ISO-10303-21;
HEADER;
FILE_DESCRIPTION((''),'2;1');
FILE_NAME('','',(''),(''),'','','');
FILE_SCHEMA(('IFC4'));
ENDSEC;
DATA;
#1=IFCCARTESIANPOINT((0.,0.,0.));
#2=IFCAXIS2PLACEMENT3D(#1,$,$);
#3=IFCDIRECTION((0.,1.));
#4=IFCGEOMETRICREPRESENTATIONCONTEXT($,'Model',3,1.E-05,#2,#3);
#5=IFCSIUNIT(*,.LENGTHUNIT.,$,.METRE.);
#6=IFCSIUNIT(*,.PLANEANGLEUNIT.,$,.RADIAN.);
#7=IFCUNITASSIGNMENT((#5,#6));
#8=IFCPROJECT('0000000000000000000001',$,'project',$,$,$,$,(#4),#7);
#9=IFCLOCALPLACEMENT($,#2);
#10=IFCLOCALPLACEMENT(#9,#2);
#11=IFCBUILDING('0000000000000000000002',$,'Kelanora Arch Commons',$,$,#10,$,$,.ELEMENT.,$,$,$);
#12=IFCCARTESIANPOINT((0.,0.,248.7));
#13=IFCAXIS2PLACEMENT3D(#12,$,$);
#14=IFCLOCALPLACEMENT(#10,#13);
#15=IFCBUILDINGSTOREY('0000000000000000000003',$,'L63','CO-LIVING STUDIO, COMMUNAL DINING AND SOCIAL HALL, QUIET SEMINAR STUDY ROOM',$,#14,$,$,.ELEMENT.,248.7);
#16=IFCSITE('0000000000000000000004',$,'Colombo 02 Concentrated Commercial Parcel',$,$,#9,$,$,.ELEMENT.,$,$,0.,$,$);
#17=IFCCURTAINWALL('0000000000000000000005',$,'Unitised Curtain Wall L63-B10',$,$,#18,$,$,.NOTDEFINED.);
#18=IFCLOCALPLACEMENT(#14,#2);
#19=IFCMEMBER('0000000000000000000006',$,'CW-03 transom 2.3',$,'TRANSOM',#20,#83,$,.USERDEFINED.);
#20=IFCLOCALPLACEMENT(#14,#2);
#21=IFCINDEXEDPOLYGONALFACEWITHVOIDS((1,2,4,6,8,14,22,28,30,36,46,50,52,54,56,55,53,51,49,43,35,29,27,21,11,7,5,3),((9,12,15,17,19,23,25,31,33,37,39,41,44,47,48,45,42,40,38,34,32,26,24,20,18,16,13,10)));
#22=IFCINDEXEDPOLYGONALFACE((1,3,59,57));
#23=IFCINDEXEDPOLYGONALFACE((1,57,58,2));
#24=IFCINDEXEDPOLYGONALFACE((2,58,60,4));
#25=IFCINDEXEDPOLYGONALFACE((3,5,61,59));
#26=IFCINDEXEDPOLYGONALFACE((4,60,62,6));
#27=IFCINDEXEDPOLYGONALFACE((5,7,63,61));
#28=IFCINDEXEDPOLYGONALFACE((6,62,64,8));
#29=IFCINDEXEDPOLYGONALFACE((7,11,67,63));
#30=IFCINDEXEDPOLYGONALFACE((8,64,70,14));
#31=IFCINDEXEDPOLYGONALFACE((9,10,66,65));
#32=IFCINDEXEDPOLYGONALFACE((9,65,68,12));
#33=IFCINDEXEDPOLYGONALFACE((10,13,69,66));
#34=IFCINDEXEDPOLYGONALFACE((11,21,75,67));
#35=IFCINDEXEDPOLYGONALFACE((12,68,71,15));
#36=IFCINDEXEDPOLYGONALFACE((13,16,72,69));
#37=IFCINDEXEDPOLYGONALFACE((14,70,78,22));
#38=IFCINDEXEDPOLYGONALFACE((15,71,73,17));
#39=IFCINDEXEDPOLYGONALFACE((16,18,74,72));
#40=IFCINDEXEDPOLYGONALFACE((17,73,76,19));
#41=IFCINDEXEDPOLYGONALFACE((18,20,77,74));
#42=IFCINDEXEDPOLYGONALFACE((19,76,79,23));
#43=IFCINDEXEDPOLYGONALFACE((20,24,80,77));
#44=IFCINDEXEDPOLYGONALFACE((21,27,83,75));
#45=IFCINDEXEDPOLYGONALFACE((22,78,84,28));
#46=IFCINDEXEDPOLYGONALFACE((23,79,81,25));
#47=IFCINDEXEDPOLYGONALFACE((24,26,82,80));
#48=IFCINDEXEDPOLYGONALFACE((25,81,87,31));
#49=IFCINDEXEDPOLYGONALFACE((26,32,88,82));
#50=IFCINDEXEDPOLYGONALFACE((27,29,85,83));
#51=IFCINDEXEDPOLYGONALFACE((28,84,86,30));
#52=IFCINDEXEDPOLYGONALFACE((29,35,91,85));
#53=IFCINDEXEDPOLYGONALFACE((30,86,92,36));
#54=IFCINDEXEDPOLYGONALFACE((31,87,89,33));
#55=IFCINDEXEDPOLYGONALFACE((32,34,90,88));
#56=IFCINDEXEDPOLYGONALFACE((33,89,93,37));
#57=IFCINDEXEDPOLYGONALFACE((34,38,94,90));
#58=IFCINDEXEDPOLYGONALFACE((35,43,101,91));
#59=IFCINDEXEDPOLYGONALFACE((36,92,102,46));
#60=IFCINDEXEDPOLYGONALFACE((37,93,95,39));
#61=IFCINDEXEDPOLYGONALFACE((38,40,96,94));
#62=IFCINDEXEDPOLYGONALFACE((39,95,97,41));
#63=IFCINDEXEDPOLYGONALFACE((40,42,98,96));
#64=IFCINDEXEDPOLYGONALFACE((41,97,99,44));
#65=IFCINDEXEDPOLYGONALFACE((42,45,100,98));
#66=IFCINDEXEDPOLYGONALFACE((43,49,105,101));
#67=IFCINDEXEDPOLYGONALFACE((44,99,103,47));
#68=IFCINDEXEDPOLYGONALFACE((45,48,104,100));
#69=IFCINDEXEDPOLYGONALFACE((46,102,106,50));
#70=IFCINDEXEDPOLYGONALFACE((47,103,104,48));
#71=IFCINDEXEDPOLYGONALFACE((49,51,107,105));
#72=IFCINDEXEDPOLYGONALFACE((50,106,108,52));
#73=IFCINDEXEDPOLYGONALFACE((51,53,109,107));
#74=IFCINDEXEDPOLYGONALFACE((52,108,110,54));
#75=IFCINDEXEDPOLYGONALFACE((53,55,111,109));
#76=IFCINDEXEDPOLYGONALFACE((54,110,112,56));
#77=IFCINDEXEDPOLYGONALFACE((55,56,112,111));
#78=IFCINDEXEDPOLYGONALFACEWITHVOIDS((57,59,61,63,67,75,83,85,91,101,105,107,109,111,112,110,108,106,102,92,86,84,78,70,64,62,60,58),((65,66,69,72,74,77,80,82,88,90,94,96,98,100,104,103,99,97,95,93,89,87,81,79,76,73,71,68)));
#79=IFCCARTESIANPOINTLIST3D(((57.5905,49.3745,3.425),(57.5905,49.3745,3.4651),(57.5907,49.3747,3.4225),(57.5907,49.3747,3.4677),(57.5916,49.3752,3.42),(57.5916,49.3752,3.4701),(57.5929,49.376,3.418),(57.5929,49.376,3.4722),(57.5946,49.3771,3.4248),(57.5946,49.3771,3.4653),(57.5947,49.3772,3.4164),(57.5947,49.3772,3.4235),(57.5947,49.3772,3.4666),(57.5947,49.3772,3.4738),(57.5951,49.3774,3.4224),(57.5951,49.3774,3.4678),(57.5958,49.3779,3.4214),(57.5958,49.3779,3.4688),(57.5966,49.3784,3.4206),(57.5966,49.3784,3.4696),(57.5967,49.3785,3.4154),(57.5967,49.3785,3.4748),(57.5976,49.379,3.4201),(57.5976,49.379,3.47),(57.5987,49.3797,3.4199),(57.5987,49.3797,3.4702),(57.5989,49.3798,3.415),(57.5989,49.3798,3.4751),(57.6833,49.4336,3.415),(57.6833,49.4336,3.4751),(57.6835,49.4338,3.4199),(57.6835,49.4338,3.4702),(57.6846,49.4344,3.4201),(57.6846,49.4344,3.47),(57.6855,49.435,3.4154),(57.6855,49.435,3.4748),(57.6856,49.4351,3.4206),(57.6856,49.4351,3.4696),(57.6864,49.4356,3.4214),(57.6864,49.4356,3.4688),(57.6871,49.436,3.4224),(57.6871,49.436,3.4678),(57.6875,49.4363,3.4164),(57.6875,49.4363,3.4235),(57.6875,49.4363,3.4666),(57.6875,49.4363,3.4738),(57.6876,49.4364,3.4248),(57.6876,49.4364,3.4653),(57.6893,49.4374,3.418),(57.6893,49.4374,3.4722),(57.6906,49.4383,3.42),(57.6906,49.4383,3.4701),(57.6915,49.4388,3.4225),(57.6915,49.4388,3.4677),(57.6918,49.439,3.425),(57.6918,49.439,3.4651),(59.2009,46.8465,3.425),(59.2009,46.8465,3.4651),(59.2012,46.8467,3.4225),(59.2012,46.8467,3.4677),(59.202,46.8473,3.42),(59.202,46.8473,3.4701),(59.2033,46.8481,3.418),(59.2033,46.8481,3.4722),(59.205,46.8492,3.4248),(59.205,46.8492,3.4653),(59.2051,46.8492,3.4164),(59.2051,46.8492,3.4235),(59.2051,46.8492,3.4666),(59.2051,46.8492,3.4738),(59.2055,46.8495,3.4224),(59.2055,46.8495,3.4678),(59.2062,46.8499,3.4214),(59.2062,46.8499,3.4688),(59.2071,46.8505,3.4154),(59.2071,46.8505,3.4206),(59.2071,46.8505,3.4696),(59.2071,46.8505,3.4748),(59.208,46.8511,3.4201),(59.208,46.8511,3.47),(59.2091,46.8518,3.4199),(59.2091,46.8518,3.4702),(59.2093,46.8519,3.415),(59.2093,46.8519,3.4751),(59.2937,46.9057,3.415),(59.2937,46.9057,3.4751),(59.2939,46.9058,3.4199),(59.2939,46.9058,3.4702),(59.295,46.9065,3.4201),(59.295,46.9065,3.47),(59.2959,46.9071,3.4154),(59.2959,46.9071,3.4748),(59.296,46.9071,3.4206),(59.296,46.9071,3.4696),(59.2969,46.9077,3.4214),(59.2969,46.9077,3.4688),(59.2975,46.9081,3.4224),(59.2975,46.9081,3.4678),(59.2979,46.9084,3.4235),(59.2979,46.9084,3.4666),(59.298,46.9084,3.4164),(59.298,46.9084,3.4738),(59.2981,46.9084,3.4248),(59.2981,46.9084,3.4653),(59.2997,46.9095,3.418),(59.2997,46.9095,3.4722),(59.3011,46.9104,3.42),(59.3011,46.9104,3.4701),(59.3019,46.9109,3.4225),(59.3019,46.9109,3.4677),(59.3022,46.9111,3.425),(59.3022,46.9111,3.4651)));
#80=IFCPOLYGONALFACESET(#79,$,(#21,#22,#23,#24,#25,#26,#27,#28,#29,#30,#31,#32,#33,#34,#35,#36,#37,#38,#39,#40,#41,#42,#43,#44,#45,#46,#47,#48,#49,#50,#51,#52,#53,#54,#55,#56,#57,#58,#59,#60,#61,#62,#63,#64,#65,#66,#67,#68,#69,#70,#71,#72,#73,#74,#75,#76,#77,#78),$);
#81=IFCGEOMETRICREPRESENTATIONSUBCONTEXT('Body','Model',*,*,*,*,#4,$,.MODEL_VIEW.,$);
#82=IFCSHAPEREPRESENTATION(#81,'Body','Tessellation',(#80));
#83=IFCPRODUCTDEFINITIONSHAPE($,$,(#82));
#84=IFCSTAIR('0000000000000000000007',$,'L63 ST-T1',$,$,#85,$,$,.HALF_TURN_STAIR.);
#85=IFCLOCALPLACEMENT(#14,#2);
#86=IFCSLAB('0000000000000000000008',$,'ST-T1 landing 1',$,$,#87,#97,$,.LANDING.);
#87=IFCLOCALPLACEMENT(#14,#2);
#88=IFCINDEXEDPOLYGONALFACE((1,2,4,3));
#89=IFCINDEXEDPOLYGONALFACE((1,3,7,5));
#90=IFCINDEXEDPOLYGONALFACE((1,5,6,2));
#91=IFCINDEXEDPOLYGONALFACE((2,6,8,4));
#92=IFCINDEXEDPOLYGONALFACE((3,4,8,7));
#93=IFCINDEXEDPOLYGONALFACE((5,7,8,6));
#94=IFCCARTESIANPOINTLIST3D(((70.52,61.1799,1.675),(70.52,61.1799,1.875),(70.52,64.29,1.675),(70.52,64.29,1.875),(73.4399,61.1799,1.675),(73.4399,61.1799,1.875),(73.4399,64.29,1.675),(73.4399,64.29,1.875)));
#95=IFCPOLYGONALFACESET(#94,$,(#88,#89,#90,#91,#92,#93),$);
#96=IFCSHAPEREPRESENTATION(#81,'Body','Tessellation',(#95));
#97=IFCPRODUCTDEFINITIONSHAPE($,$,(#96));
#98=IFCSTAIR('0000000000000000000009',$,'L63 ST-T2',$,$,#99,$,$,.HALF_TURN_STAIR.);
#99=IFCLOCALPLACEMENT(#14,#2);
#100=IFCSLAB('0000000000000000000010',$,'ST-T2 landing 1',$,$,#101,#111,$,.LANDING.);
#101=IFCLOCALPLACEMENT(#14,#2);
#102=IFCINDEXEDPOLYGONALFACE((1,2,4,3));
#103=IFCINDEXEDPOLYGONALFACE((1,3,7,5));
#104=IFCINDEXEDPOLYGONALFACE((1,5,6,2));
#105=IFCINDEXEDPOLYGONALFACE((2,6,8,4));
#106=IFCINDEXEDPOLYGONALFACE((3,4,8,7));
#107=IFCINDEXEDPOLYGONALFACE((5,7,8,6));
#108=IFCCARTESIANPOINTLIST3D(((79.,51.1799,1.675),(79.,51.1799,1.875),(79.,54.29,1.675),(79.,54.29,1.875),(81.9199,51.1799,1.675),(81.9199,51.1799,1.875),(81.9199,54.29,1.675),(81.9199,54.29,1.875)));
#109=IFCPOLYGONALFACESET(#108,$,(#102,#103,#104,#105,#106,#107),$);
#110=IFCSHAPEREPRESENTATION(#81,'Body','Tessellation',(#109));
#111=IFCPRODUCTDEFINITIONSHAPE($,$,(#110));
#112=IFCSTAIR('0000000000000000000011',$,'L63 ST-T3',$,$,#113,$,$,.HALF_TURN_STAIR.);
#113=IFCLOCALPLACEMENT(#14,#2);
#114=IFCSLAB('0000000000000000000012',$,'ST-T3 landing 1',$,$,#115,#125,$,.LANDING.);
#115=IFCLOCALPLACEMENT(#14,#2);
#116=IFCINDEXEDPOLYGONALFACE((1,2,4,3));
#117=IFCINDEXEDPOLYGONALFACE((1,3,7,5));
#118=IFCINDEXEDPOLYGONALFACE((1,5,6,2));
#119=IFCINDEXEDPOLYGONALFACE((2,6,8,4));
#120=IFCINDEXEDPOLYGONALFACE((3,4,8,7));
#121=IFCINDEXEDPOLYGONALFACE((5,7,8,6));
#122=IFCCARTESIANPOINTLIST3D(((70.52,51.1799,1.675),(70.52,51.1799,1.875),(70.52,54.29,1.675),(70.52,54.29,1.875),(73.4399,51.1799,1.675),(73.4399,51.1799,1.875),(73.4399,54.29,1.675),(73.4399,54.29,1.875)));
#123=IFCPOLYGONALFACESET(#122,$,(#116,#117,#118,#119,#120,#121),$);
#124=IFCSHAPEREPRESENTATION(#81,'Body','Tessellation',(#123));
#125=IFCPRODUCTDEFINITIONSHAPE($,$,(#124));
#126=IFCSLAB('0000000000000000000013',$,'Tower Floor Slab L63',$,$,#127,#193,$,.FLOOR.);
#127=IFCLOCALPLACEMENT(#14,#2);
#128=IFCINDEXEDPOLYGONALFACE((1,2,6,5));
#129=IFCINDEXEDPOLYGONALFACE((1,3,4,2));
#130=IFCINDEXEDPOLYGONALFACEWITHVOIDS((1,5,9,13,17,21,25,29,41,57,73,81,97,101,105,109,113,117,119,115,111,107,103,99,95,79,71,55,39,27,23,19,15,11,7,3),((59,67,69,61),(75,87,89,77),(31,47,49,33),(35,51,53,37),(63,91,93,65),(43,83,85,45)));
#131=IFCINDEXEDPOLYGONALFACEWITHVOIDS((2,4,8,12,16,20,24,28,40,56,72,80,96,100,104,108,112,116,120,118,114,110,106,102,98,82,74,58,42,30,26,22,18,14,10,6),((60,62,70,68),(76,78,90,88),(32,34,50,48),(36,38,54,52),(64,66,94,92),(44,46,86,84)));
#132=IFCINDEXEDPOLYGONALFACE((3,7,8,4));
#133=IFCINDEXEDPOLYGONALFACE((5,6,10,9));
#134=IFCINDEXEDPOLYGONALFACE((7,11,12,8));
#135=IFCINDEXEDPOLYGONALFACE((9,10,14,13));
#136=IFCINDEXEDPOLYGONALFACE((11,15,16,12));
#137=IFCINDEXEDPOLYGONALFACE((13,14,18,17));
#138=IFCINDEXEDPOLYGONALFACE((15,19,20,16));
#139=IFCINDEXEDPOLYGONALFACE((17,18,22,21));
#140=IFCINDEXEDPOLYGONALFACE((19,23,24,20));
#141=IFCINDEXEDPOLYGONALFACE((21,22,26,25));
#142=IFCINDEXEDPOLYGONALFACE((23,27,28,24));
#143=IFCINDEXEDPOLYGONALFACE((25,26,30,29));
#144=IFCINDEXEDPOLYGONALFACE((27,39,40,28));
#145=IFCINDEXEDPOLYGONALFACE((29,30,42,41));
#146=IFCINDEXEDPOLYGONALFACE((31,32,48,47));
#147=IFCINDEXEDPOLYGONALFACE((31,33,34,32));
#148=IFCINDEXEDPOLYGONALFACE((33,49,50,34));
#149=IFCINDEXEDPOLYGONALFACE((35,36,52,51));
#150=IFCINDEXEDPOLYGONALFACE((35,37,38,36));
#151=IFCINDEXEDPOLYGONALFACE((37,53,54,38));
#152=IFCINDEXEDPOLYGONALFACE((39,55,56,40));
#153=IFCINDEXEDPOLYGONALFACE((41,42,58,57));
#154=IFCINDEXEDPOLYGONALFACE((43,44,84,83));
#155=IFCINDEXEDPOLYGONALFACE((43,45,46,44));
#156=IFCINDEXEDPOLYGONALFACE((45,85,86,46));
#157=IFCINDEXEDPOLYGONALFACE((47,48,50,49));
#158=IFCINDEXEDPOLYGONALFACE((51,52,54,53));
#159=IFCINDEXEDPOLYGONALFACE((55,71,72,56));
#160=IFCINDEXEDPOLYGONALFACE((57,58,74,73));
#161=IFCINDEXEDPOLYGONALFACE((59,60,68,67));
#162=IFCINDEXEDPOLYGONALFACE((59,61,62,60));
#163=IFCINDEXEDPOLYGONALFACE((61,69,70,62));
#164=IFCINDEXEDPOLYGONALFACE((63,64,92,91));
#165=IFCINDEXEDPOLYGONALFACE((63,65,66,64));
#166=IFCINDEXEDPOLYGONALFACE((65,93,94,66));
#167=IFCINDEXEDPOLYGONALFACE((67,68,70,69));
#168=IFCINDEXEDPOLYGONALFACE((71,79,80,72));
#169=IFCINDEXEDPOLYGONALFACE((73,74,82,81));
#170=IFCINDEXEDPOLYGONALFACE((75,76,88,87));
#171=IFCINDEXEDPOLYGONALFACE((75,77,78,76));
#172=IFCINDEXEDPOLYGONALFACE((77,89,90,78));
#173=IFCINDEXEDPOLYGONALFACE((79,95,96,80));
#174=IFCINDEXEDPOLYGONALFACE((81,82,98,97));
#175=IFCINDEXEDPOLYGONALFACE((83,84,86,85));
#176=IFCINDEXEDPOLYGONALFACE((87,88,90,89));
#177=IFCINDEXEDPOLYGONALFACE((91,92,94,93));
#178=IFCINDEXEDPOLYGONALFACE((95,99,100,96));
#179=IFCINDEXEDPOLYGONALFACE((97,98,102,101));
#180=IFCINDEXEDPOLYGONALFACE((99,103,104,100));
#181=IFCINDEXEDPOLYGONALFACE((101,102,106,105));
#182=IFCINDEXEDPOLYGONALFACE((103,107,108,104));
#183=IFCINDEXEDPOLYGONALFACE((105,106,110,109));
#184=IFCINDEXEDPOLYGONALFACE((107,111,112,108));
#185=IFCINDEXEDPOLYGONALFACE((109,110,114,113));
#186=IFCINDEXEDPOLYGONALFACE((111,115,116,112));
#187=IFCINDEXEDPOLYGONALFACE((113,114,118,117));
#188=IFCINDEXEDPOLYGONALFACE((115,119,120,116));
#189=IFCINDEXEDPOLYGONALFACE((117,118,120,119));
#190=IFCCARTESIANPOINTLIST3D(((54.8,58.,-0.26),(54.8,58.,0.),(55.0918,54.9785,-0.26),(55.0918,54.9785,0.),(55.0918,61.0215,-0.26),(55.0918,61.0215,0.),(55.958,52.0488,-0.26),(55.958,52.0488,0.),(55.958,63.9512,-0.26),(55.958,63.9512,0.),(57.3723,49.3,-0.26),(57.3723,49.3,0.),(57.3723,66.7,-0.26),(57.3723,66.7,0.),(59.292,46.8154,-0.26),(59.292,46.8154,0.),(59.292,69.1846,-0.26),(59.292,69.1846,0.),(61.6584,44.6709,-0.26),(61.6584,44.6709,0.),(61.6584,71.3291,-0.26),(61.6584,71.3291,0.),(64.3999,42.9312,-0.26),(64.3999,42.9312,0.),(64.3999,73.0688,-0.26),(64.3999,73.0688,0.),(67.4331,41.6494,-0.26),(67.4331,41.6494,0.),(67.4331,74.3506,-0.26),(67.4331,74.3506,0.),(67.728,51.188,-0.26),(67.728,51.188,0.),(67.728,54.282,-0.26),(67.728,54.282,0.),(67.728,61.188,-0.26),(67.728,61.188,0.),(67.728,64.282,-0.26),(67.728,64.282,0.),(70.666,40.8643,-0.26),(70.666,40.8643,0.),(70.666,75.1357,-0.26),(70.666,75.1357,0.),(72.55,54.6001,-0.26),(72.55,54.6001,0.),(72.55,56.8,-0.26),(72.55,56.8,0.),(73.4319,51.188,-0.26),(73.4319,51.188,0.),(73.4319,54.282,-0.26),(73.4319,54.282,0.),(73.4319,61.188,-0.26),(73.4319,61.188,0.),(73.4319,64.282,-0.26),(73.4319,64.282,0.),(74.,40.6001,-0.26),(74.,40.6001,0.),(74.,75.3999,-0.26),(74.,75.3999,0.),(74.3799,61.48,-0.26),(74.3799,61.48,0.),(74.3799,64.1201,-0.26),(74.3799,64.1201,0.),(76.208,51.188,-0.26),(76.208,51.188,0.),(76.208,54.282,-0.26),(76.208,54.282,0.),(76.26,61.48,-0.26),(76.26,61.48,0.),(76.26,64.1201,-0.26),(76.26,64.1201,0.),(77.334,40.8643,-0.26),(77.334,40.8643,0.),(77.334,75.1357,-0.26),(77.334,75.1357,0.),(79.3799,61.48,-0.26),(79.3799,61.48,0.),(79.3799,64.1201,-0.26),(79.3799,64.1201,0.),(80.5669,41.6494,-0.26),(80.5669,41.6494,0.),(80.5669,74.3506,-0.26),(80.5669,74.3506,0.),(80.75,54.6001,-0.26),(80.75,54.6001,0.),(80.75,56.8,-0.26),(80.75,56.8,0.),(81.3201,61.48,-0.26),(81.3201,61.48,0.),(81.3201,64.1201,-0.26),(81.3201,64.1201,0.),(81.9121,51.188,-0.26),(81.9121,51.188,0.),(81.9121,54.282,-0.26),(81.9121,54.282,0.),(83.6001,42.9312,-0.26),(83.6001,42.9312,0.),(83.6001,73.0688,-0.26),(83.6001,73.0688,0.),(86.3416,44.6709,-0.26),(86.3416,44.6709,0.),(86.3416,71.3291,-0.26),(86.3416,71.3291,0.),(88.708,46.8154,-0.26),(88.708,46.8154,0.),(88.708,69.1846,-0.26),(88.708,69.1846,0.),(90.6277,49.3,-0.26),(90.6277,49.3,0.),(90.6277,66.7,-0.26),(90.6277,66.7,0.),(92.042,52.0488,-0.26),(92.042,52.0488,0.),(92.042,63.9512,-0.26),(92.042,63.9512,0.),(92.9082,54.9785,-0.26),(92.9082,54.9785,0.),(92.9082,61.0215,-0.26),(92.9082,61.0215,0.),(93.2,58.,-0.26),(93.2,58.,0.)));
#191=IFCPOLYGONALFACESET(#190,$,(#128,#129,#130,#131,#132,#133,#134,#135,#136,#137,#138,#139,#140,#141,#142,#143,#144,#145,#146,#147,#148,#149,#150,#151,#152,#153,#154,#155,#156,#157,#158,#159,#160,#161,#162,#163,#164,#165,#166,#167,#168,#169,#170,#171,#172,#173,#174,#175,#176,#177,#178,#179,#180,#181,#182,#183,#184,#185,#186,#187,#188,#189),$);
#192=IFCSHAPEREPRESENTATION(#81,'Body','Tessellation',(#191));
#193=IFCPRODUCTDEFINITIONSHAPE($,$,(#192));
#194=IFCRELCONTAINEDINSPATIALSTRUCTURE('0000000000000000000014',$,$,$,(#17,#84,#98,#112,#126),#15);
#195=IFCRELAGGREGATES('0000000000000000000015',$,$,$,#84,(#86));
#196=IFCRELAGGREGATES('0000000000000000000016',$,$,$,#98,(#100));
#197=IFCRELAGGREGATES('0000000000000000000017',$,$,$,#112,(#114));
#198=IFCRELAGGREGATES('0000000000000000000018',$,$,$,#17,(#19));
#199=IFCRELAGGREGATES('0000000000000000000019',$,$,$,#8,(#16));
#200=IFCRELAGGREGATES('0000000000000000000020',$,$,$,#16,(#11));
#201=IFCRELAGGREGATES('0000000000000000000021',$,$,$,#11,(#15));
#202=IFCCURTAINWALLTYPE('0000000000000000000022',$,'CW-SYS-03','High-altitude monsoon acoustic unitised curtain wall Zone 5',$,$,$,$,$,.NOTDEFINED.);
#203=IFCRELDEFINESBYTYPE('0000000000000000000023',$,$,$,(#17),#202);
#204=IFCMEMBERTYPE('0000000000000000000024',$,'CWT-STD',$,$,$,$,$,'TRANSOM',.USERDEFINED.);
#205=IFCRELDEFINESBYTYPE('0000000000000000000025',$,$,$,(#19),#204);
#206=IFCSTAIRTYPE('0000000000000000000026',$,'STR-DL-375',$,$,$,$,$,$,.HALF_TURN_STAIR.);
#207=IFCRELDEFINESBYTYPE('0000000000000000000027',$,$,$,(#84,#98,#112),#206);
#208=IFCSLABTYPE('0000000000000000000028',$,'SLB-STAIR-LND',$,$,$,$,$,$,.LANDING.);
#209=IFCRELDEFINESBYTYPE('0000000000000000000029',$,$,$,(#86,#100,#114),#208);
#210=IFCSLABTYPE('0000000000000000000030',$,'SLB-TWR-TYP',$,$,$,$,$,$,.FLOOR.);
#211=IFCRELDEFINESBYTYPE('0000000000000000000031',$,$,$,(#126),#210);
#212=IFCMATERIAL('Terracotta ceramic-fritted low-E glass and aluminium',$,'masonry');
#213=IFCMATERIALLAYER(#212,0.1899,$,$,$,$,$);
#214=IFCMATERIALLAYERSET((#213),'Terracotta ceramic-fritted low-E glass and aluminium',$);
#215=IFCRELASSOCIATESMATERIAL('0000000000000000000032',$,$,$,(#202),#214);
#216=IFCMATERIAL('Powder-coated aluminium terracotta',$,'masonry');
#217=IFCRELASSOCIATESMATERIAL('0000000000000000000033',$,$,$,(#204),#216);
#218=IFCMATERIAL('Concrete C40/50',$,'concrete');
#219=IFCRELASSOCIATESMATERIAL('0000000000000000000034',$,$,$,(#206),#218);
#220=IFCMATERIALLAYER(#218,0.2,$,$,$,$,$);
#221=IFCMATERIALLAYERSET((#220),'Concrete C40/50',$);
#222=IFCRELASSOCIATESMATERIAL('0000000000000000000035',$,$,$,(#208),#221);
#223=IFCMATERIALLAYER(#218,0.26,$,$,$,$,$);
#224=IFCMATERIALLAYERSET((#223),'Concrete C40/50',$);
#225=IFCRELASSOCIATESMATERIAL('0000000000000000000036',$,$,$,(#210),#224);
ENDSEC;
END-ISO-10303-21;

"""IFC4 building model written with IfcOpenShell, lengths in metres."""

from ifc_helpers import new_model, si_unit, direction, frame, origin, origin_2d, place, context, subcontext, project, spatial, polyline, hollow_rectangle, outline, extrude, material, layer, layer_set, material_profile, profile_set, type_object, element, aggregate, save


model = new_model("IFC4")

# Units and contexts
model_context = context("Model", 3, precision=1e-05, world=origin(), true_north=direction((0.0, 1.0)))
body_context = subcontext(model_context, "Body", "Model", "MODEL_VIEW")
ifc_project = project(units=[si_unit("LENGTHUNIT", "METRE"), si_unit("PLANEANGLEUNIT", "RADIAN")], contexts=[model_context])

# Site, building, storey
site_placement = place(None, origin())
site = spatial("IfcSite", under=ifc_project, at=site_placement, Name="Colombo 02 Concentrated Commercial Parcel", CompositionType="ELEMENT", RefElevation=0.0)
building_placement = place(site_placement, origin())
building = spatial("IfcBuilding", under=site, at=building_placement, Name="Kelanora Arch Commons", CompositionType="ELEMENT")
storey_placement = place(building_placement, frame((0.0, 0.0, 248.7)))
storey = spatial("IfcBuildingStorey", under=building, at=storey_placement, Name="L63", Description="CO-LIVING STUDIO, COMMUNAL DINING AND SOCIAL HALL, QUIET SEMINAR STUDY ROOM", CompositionType="ELEMENT", Elevation=248.7)

# Shared definitions
ifc_material_1 = material(Name="Terracotta ceramic-fritted low-E glass and aluminium", Category="masonry")
ifc_layer_1 = layer(ifc_material_1, 0.1899)
ifc_layer_set_1 = layer_set([ifc_layer_1], Name="Terracotta ceramic-fritted low-E glass and aluminium")
curtain_wall_type = type_object("IfcCurtainWallType", Name="CW-SYS-03", Description="High-altitude monsoon acoustic unitised curtain wall Zone 5", PredefinedType="NOTDEFINED", material=ifc_layer_set_1)
ifc_material_2 = material(Name="Powder-coated aluminium terracotta", Category="masonry")

# Curtain wall, member
curtain_wall_1_placement = place(storey_placement, origin())
curtain_wall_1 = element("IfcCurtainWall", 1, at=curtain_wall_1_placement, inside=storey, type_object=curtain_wall_type, Name="Unitised Curtain Wall L63-B10", PredefinedType="NOTDEFINED")
ifc_material_profile_1 = material_profile(ifc_material_2, hollow_rectangle(XDim=0.1201, YDim=0.0601, WallThickness=0.0049, InnerFilletRadius=0.0049, OuterFilletRadius=0.01, at=origin_2d()), Name="CWT120x60")
ifc_profile_set_1 = profile_set([ifc_material_profile_1], Name="Powder-coated aluminium terracotta")
member_type_1 = type_object("IfcMemberType", Name="CWT-STD", ElementType="TRANSOM", PredefinedType="USERDEFINED", material=ifc_profile_set_1)
member_1_placement = place(storey_placement, frame((57.6411, 49.4067, 3.4451), z_axis=(0.537287, -0.8434, 0.0), x_axis=(0.8434, 0.537287, 0.0)))
member_1 = element("IfcMember", 2, at=member_1_placement, type_object=member_type_1, Name="CW-03 transom 2.3", ObjectType="TRANSOM", PredefinedType="USERDEFINED", context=body_context, shape_type="SweptSolid", body=[
    extrude(hollow_rectangle(XDim=0.1201, YDim=0.0601, WallThickness=0.0049, InnerFilletRadius=0.0049, OuterFilletRadius=0.01, at=origin_2d()), origin(), (0.0, 0.0, 1.0), 2.9973),
])

# Stairs, slabs
ifc_material_3 = material(Name="Concrete C40/50", Category="concrete")
stair_type = type_object("IfcStairType", Name="STR-DL-375", PredefinedType="HALF_TURN_STAIR", material=ifc_material_3)
stair_1_placement = place(storey_placement, origin())
stair_1 = element("IfcStair", 3, at=stair_1_placement, inside=storey, type_object=stair_type, Name="L63 ST-T1", PredefinedType="HALF_TURN_STAIR")
ifc_layer_2 = layer(ifc_material_3, 0.2)
ifc_layer_set_2 = layer_set([ifc_layer_2], Name="Concrete C40/50")
slab_type_1 = type_object("IfcSlabType", Name="SLB-STAIR-LND", PredefinedType="LANDING", material=ifc_layer_set_2)
slab_1_placement = place(storey_placement, frame((0.0, 0.0, 1.675)))
slab_1 = element("IfcSlab", 4, at=slab_1_placement, type_object=slab_type_1, Name="ST-T1 landing 1", PredefinedType="LANDING", context=body_context, shape_type="SweptSolid", body=[
    extrude(outline(polyline([(70.52, 61.1799), (73.4399, 61.1799), (73.4399, 64.29), (70.52, 64.29), (70.52, 61.1799)])), origin(), (0.0, 0.0, 1.0), 0.2),
])
aggregate(stair_1, [slab_1])
stair_2_placement = place(storey_placement, origin())
stair_2 = element("IfcStair", 5, at=stair_2_placement, inside=storey, type_object=stair_type, Name="L63 ST-T2", PredefinedType="HALF_TURN_STAIR")
slab_2_placement = place(storey_placement, frame((0.0, 0.0, 1.675)))
slab_2 = element("IfcSlab", 6, at=slab_2_placement, type_object=slab_type_1, Name="ST-T2 landing 1", PredefinedType="LANDING", context=body_context, shape_type="SweptSolid", body=[
    extrude(outline(polyline([(79.0, 51.1799), (81.9199, 51.1799), (81.9199, 54.29), (79.0, 54.29), (79.0, 51.1799)])), origin(), (0.0, 0.0, 1.0), 0.2),
])
aggregate(stair_2, [slab_2])
stair_3_placement = place(storey_placement, origin())
stair_3 = element("IfcStair", 7, at=stair_3_placement, inside=storey, type_object=stair_type, Name="L63 ST-T3", PredefinedType="HALF_TURN_STAIR")
slab_3_placement = place(storey_placement, frame((0.0, 0.0, 1.675)))
slab_3 = element("IfcSlab", 8, at=slab_3_placement, type_object=slab_type_1, Name="ST-T3 landing 1", PredefinedType="LANDING", context=body_context, shape_type="SweptSolid", body=[
    extrude(outline(polyline([(70.52, 51.1799), (73.4399, 51.1799), (73.4399, 54.29), (70.52, 54.29), (70.52, 51.1799)])), origin(), (0.0, 0.0, 1.0), 0.2),
])
aggregate(stair_3, [slab_3])

# Slab
ifc_layer_3 = layer(ifc_material_3, 0.26)
ifc_layer_set_3 = layer_set([ifc_layer_3], Name="Concrete C40/50")
slab_type_2 = type_object("IfcSlabType", Name="SLB-TWR-TYP", PredefinedType="FLOOR", material=ifc_layer_set_3)
slab_4_placement = place(storey_placement, frame((0.0, 0.0, -0.26)))
element("IfcSlab", 9, at=slab_4_placement, inside=storey, type_object=slab_type_2, Name="Tower Floor Slab L63", PredefinedType="FLOOR", context=body_context, shape_type="SweptSolid", body=[
    extrude(outline(polyline([(93.2, 58.0), (92.9082, 61.0215), (92.042, 63.9512), (90.6277, 66.7), (88.708, 69.1846), (86.3416, 71.3291), (83.6001, 73.0688), (80.5669, 74.3506), (77.334, 75.1357), (74.0, 75.3999), (70.666, 75.1357), (67.4331, 74.3506), (64.3999, 73.0688), (61.6584, 71.3291), (59.292, 69.1846), (57.3723, 66.7), (55.958, 63.9512), (55.0918, 61.0215), (54.8, 58.0), (55.0918, 54.9785), (55.958, 52.0488), (57.3723, 49.3), (59.292, 46.8154), (61.6584, 44.6709), (64.3999, 42.9312), (67.4331, 41.6494), (70.666, 40.8643), (74.0, 40.6001), (77.334, 40.8643), (80.5669, 41.6494), (83.6001, 42.9312), (86.3416, 44.6709), (88.708, 46.8154), (90.6277, 49.3), (92.042, 52.0488), (92.9082, 54.9785), (93.2, 58.0)]), holes=[polyline([(73.4319, 51.188), (67.728, 51.188), (67.728, 54.282), (73.4319, 54.282), (73.4319, 51.188)]), polyline([(76.208, 51.188), (76.208, 54.282), (81.9121, 54.282), (81.9121, 51.188), (76.208, 51.188)]), polyline([(72.55, 54.6001), (72.55, 56.8), (80.75, 56.8), (80.75, 54.6001), (72.55, 54.6001)]), polyline([(73.4319, 61.188), (67.728, 61.188), (67.728, 64.282), (73.4319, 64.282), (73.4319, 61.188)]), polyline([(74.3799, 61.48), (74.3799, 64.1201), (76.26, 64.1201), (76.26, 61.48), (74.3799, 61.48)]), polyline([(79.3799, 61.48), (79.3799, 64.1201), (81.3201, 64.1201), (81.3201, 61.48), (79.3799, 61.48)])]), origin(), (0.0, 0.0, 1.0), 0.26),
])

aggregate(curtain_wall_1, [member_1])

save(model, "model.ifc")
